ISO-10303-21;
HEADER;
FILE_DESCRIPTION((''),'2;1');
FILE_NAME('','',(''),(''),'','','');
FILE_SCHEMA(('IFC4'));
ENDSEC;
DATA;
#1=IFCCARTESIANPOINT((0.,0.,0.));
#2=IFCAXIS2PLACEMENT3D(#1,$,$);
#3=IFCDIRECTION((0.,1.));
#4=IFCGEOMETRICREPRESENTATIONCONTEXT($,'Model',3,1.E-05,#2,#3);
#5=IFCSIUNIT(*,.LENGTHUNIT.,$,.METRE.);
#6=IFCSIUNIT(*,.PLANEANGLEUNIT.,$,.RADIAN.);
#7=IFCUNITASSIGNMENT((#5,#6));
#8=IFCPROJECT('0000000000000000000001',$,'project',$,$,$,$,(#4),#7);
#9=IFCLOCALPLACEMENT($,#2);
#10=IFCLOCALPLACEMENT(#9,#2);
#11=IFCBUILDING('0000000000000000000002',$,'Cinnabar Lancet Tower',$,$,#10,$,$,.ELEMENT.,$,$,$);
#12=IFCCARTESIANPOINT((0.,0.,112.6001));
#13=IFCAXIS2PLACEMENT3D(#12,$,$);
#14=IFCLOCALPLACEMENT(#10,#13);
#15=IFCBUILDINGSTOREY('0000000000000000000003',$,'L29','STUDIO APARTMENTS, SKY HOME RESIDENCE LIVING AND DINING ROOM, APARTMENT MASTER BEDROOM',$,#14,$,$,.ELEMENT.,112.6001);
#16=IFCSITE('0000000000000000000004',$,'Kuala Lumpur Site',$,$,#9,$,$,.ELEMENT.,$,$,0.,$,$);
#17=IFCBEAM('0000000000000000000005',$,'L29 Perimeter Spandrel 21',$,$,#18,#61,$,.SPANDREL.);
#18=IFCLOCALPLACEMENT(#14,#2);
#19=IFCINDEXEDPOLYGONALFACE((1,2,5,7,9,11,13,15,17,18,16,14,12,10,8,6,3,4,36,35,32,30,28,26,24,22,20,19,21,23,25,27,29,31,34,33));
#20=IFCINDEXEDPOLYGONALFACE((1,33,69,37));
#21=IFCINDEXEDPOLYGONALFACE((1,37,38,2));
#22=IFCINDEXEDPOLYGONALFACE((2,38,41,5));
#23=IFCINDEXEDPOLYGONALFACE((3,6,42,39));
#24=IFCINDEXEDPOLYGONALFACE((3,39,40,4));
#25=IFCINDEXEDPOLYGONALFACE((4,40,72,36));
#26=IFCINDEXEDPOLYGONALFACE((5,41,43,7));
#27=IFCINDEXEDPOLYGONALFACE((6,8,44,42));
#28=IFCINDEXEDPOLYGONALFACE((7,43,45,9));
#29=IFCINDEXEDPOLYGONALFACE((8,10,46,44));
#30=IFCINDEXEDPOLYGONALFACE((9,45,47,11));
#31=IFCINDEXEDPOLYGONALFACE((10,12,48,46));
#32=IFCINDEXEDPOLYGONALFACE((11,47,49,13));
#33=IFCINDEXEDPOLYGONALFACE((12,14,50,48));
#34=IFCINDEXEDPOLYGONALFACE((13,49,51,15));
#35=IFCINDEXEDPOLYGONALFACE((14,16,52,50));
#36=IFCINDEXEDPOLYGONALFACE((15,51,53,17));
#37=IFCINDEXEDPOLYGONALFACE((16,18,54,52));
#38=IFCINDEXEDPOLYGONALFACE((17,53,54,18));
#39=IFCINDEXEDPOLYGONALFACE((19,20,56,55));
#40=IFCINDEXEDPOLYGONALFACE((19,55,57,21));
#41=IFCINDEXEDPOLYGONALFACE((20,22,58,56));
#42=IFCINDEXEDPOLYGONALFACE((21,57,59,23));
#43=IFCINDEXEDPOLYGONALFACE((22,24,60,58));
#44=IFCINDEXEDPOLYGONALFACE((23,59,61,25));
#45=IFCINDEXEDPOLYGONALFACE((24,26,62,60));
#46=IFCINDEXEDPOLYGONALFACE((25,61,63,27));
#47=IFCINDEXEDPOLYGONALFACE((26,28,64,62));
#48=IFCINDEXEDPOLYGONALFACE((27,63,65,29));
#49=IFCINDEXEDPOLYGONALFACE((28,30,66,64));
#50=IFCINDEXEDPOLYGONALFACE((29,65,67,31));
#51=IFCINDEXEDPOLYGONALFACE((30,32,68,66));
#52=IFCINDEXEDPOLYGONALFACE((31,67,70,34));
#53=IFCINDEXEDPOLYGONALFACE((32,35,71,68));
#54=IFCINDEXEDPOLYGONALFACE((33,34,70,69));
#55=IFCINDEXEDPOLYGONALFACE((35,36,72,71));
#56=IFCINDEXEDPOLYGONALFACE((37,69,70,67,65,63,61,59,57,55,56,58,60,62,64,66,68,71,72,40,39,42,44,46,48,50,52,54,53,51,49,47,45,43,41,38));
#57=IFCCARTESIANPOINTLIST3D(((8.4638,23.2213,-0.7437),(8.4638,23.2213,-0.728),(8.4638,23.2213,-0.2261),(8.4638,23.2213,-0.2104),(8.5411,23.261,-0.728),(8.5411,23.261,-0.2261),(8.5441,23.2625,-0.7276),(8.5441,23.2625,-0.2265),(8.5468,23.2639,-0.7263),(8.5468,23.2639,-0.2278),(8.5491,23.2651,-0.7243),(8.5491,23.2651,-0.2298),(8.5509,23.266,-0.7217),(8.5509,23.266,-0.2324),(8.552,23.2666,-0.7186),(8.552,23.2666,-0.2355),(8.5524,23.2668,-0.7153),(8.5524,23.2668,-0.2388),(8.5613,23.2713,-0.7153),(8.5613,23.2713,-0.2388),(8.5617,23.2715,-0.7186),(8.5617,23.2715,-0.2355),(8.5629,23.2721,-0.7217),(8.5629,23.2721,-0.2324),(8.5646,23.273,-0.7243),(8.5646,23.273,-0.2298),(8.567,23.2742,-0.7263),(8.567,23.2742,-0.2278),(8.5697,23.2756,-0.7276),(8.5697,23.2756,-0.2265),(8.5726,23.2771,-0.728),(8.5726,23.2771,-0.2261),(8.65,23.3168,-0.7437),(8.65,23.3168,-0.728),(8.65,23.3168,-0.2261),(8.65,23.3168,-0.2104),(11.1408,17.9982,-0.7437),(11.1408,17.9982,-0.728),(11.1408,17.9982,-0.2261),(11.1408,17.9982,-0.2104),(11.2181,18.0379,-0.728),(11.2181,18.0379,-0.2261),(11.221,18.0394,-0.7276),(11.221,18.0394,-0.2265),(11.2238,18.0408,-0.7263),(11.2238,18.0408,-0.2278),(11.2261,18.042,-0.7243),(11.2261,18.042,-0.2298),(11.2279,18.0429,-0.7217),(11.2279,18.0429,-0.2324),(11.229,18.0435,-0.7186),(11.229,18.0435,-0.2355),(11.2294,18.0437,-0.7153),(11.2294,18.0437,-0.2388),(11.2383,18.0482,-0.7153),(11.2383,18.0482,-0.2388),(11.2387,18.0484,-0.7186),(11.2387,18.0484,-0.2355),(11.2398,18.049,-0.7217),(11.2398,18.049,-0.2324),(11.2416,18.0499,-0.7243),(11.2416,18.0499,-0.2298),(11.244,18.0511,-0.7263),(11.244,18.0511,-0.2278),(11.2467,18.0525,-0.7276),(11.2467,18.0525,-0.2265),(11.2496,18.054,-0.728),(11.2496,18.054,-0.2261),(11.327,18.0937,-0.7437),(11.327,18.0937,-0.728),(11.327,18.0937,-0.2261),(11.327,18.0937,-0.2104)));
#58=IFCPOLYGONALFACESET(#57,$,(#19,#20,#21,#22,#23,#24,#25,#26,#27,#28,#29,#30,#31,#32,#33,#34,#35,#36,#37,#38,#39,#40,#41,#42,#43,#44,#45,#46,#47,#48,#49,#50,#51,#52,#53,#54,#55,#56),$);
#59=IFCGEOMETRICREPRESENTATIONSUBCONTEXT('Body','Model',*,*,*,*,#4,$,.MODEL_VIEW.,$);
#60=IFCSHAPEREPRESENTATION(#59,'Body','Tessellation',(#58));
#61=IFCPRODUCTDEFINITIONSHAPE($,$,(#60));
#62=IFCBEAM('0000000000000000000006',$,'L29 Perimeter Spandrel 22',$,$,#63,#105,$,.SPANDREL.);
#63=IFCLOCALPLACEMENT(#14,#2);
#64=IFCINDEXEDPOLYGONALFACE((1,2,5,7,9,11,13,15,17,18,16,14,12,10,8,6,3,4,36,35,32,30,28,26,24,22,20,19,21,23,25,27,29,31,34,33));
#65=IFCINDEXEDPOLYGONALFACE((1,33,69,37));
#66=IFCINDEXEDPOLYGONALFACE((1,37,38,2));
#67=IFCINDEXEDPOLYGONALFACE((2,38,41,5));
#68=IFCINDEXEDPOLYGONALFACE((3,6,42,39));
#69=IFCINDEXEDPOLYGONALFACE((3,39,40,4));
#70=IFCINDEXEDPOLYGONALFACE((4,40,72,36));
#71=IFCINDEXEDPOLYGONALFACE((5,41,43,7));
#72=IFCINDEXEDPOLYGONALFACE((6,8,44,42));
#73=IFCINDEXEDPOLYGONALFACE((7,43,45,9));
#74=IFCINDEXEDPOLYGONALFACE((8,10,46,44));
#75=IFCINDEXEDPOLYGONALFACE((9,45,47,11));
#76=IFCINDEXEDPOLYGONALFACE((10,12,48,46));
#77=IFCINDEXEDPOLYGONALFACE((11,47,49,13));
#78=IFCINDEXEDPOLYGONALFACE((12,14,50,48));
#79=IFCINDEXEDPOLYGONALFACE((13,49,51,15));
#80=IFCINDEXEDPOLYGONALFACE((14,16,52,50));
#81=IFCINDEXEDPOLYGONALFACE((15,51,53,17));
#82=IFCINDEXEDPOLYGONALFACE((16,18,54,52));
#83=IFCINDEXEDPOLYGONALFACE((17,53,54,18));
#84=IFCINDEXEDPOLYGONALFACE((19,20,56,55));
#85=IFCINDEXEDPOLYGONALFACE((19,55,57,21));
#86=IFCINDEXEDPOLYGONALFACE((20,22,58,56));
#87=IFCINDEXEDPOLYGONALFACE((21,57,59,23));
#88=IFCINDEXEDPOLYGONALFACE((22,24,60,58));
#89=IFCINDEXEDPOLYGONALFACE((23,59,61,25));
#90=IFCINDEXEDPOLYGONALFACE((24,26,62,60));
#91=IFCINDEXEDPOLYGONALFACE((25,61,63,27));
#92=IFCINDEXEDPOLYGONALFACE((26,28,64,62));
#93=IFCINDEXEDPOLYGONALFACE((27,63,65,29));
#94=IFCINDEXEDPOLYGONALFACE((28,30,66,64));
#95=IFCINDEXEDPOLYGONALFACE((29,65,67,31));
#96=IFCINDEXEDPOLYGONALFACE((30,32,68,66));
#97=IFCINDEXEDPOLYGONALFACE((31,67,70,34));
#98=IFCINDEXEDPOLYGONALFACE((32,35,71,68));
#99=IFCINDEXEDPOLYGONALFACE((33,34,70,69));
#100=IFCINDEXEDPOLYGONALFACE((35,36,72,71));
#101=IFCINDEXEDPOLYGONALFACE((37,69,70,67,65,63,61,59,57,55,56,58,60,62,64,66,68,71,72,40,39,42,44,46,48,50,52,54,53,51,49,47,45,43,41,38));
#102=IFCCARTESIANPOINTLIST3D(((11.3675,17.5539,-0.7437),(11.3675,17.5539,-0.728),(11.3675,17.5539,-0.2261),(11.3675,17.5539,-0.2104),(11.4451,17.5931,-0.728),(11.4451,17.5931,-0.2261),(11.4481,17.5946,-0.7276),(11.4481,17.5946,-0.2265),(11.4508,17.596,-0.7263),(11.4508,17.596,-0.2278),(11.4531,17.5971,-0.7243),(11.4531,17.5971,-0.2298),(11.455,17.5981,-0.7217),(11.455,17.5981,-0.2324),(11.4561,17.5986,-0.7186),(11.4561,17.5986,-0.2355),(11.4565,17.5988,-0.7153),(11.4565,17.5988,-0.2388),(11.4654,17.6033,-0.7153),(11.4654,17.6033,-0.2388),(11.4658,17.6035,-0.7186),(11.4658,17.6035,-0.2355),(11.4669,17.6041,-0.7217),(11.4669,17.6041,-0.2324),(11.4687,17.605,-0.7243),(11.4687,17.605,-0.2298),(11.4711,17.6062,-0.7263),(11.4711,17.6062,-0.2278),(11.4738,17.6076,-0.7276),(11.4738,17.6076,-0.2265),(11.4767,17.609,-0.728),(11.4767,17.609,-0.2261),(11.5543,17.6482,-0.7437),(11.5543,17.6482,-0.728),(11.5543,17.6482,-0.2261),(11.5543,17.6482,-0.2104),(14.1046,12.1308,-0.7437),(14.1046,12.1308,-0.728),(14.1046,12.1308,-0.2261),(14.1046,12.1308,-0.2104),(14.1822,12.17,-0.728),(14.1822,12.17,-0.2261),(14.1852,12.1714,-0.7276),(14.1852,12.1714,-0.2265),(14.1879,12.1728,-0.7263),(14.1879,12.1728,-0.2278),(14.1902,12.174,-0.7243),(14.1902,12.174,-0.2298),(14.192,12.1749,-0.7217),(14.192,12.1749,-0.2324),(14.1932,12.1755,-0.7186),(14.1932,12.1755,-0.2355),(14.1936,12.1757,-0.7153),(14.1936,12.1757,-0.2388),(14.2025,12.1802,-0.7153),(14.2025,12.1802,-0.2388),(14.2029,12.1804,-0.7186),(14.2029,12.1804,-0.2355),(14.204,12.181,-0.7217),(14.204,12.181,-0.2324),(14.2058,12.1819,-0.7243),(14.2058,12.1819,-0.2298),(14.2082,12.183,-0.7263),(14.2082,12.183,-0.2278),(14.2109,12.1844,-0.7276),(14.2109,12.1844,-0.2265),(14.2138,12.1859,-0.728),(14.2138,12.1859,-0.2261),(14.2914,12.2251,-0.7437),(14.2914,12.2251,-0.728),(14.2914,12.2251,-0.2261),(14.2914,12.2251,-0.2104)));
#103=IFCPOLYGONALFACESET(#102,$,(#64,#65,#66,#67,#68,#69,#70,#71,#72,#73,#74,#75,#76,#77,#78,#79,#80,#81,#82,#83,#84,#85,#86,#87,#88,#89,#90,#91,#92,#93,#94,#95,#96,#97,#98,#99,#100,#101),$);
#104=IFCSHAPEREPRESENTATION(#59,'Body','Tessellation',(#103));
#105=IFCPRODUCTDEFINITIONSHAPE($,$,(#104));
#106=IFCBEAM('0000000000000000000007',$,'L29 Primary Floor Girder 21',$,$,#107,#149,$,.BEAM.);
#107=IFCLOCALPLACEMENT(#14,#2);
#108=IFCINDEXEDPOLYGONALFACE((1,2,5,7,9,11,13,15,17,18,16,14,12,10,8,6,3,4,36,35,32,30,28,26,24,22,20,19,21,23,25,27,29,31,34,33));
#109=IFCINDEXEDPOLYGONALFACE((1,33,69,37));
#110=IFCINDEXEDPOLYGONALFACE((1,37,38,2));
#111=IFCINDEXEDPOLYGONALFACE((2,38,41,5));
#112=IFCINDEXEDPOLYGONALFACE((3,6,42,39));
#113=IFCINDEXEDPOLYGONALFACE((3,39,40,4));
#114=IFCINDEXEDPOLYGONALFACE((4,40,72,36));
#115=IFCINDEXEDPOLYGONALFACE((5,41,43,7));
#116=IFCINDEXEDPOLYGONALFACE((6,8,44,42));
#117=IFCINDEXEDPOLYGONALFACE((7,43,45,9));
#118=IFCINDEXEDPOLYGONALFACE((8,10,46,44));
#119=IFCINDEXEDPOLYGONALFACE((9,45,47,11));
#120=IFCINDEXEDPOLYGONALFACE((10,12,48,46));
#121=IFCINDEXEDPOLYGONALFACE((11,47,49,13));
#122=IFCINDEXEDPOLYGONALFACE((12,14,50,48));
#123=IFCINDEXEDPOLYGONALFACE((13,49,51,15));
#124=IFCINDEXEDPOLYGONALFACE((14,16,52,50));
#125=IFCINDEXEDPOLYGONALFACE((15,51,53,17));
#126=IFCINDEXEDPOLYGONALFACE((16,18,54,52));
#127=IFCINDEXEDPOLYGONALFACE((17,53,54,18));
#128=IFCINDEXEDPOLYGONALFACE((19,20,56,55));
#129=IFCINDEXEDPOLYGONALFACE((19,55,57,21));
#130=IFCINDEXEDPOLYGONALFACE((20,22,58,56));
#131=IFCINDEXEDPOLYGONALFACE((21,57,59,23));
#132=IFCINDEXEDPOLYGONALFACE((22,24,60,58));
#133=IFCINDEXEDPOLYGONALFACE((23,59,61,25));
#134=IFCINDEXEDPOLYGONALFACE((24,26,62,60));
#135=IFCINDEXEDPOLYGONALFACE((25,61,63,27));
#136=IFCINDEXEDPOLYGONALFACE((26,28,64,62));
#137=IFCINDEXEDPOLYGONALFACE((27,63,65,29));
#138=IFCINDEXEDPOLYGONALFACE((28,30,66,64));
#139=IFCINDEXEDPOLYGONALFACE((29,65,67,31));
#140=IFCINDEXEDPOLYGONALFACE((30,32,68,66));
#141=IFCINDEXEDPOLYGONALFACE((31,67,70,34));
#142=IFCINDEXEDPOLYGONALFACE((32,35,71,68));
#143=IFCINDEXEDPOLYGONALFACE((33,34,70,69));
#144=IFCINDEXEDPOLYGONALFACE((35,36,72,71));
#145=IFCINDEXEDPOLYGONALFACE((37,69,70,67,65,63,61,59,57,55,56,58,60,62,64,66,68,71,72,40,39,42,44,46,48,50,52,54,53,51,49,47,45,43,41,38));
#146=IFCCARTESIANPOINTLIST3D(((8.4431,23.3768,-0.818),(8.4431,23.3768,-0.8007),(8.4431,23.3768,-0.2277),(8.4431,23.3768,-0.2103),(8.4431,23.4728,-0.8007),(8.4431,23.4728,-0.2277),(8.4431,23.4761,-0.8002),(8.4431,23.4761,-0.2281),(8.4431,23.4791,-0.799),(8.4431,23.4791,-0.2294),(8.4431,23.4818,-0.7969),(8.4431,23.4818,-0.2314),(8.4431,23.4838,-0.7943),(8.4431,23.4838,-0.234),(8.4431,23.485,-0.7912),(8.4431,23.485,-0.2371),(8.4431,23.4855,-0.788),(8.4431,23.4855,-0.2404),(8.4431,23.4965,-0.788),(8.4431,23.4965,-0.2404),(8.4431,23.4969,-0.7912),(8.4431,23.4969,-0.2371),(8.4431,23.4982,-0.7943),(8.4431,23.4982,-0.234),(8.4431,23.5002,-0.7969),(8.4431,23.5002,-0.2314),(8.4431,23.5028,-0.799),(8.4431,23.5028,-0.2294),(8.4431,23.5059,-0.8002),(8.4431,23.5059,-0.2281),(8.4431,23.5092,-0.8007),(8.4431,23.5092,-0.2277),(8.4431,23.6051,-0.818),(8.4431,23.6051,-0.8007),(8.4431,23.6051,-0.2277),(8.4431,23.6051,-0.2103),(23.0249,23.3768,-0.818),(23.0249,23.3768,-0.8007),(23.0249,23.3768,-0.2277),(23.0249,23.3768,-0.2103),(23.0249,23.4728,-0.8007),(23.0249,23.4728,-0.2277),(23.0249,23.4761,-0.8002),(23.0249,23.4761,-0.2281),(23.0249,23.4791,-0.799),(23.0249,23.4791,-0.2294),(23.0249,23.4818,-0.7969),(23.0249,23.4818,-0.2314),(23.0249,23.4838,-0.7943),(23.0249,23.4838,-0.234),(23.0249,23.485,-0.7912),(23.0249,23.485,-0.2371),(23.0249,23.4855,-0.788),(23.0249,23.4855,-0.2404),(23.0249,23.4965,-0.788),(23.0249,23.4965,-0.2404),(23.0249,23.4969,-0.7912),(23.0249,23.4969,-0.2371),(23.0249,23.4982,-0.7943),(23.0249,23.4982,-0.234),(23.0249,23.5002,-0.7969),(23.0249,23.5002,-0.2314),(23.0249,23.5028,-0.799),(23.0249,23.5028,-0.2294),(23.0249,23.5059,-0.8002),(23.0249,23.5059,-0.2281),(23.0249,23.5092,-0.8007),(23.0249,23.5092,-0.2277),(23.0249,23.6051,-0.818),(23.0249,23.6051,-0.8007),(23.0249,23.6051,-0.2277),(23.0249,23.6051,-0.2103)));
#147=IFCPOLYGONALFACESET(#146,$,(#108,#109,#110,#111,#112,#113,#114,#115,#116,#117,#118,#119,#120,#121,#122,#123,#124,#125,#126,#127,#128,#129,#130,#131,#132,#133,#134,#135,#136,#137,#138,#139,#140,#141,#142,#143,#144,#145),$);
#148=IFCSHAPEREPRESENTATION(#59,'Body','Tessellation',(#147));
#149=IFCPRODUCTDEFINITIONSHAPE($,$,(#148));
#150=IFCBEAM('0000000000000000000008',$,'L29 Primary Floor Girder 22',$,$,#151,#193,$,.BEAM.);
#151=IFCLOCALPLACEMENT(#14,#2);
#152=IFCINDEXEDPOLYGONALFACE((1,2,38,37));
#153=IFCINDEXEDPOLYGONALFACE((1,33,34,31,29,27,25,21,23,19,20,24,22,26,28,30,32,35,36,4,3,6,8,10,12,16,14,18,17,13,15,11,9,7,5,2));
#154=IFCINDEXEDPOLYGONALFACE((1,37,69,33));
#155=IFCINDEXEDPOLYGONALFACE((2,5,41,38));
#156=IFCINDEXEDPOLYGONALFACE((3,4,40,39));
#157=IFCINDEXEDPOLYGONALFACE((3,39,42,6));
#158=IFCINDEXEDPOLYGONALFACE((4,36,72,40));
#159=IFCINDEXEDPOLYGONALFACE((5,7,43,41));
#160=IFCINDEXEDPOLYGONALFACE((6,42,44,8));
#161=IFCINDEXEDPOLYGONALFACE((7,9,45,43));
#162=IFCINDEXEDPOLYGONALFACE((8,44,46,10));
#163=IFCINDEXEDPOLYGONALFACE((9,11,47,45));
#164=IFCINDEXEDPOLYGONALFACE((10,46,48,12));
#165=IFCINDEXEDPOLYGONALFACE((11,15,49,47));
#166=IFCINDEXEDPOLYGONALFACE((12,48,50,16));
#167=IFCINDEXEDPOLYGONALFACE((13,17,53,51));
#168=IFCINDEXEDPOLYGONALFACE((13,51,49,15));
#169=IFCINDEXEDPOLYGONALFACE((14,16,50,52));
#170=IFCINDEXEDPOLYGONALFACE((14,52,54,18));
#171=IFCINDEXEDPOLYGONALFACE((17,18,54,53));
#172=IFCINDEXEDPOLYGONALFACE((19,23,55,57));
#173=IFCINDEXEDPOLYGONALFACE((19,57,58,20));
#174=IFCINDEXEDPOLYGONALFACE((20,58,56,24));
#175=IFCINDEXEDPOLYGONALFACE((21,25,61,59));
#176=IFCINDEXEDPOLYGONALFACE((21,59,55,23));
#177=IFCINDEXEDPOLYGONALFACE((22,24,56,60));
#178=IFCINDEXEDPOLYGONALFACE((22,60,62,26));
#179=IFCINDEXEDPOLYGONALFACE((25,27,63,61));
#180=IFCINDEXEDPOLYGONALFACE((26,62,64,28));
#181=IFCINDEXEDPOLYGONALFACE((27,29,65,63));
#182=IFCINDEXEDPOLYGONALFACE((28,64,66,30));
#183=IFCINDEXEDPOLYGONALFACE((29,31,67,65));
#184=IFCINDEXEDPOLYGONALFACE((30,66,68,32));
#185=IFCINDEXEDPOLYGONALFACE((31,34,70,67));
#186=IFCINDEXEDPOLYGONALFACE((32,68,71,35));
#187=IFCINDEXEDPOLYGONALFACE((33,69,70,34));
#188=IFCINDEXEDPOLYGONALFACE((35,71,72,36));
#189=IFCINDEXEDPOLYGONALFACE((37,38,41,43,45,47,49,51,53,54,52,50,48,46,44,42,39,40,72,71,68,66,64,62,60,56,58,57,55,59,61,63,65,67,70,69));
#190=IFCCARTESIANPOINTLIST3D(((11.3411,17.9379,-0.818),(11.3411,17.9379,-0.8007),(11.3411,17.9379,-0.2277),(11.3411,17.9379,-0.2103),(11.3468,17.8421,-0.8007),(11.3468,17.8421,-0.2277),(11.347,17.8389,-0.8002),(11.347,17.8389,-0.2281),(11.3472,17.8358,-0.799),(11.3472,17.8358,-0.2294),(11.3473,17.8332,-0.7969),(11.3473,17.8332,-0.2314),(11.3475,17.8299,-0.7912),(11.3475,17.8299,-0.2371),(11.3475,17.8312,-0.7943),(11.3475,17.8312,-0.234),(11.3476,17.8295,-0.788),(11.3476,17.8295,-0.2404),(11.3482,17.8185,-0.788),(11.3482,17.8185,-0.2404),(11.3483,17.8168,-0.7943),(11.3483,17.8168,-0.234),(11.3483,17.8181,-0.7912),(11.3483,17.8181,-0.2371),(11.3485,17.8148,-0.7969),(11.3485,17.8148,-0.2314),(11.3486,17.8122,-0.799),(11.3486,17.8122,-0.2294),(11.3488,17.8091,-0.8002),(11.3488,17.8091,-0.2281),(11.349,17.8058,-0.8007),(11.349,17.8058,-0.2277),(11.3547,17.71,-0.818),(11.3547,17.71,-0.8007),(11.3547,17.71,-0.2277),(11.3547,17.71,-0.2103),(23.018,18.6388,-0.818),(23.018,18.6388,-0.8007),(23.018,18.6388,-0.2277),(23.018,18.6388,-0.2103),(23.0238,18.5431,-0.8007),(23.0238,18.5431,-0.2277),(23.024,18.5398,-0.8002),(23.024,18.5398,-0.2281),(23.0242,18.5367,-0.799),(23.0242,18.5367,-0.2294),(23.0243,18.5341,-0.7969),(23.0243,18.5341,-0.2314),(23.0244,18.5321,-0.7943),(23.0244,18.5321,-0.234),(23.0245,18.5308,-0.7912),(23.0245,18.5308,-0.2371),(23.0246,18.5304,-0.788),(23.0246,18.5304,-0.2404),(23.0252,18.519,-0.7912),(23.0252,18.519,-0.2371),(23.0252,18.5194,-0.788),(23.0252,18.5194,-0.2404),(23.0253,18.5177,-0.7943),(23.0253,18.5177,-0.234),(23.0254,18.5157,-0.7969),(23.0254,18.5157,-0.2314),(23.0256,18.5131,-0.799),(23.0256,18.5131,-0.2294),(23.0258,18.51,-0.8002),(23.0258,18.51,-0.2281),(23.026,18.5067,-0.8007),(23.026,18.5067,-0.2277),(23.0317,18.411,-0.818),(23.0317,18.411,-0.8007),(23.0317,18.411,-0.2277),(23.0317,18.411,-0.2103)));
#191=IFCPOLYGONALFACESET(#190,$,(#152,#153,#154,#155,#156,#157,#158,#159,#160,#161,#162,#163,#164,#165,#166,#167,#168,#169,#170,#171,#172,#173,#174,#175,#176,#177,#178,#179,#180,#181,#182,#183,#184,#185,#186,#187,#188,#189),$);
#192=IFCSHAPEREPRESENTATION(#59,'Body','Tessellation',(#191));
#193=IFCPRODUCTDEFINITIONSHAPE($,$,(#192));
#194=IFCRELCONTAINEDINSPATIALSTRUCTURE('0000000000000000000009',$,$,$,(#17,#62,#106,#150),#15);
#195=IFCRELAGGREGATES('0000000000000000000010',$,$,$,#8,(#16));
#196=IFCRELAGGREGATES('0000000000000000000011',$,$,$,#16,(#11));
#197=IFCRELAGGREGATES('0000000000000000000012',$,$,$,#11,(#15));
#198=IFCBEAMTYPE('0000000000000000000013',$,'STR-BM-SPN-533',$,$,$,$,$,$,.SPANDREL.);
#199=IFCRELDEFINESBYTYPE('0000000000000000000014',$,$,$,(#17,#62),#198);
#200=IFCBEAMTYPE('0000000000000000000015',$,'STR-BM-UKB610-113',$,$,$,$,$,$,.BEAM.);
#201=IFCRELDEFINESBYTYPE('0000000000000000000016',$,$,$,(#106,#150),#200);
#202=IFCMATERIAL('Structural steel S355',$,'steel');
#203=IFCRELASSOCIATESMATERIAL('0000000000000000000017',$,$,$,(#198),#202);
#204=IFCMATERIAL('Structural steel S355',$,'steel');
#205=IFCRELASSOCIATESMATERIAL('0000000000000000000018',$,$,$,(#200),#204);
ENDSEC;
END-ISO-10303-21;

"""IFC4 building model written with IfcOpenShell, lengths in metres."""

from ifc_helpers import new_model, si_unit, direction, frame, origin, origin_2d, place, context, subcontext, project, spatial, i_section, extrude, material, material_profile, profile_set, type_object, element, save


model = new_model("IFC4")

# Units and contexts
model_context = context("Model", 3, precision=1e-05, world=origin(), true_north=direction((0.0, 1.0)))
body_context = subcontext(model_context, "Body", "Model", "MODEL_VIEW")
ifc_project = project(units=[si_unit("LENGTHUNIT", "METRE"), si_unit("PLANEANGLEUNIT", "RADIAN")], contexts=[model_context])

# Site, building, storey
site_placement = place(None, origin())
site = spatial("IfcSite", under=ifc_project, at=site_placement, Name="Kuala Lumpur Site", CompositionType="ELEMENT", RefElevation=0.0)
building_placement = place(site_placement, origin())
building = spatial("IfcBuilding", under=site, at=building_placement, Name="Cinnabar Lancet Tower", CompositionType="ELEMENT")
storey_placement = place(building_placement, frame((0.0, 0.0, 112.6001)))
storey = spatial("IfcBuildingStorey", under=building, at=storey_placement, Name="L29", Description="STUDIO APARTMENTS, SKY HOME RESIDENCE LIVING AND DINING ROOM, APARTMENT MASTER BEDROOM", CompositionType="ELEMENT", Elevation=112.6001)

# Beams
ifc_material_1 = material(Name="Structural steel S355", Category="steel")
ifc_material_profile_1 = material_profile(ifc_material_1, i_section(OverallWidth=0.2092, OverallDepth=0.5332, WebThickness=0.01, FlangeThickness=0.0156, FilletRadius=0.0127, at=origin_2d()), Name="UKB 533x210x92")
ifc_profile_set_1 = profile_set([ifc_material_profile_1], Name="Structural steel S355")
beam_type_1 = type_object("IfcBeamType", Name="STR-BM-SPN-533", PredefinedType="SPANDREL", material=ifc_profile_set_1)
beam_1_placement = place(storey_placement, frame((8.5569, 23.269, -0.4771), z_axis=(0.45611, -0.889924, 0.0), x_axis=(0.889924, 0.45611, 0.0)))
element("IfcBeam", 1, at=beam_1_placement, inside=storey, type_object=beam_type_1, Name="L29 Perimeter Spandrel 21", PredefinedType="SPANDREL", context=body_context, shape_type="SweptSolid", body=[
    extrude(i_section(OverallWidth=0.2092, OverallDepth=0.5332, WebThickness=0.01, FlangeThickness=0.0156, FilletRadius=0.0127, at=origin_2d()), origin(), (0.0, 0.0, 1.0), 5.8691),
])
beam_2_placement = place(storey_placement, frame((11.4609, 17.6011, -0.4771), z_axis=(0.45057, -0.892741, 0.0), x_axis=(0.892741, 0.45057, 0.0)))
element("IfcBeam", 2, at=beam_2_placement, inside=storey, type_object=beam_type_1, Name="L29 Perimeter Spandrel 22", PredefinedType="SPANDREL", context=body_context, shape_type="SweptSolid", body=[
    extrude(i_section(OverallWidth=0.2092, OverallDepth=0.5332, WebThickness=0.01, FlangeThickness=0.0156, FilletRadius=0.0127, at=origin_2d()), origin(), (0.0, 0.0, 1.0), 6.0747),
])
ifc_material_2 = material(Name="Structural steel S355", Category="steel")
ifc_material_profile_2 = material_profile(ifc_material_2, i_section(OverallWidth=0.2283, OverallDepth=0.6077, WebThickness=0.011, FlangeThickness=0.0173, FilletRadius=0.0127, at=origin_2d()), Name="UKB 610x229x113")
ifc_profile_set_2 = profile_set([ifc_material_profile_2], Name="Structural steel S355")
beam_type_2 = type_object("IfcBeamType", Name="STR-BM-UKB610-113", PredefinedType="BEAM", material=ifc_profile_set_2)
beam_3_placement = place(storey_placement, frame((8.4431, 23.491, -0.5142), z_axis=(1.0, 0.0, 0.0), x_axis=(0.0, 1.0, 0.0)))
element("IfcBeam", 3, at=beam_3_placement, inside=storey, type_object=beam_type_2, Name="L29 Primary Floor Girder 21", PredefinedType="BEAM", context=body_context, shape_type="SweptSolid", body=[
    extrude(i_section(OverallWidth=0.2283, OverallDepth=0.6077, WebThickness=0.011, FlangeThickness=0.0173, FilletRadius=0.0127, at=origin_2d()), origin(), (0.0, 0.0, 1.0), 14.5818),
])
beam_4_placement = place(storey_placement, frame((11.3479, 17.824, -0.5142), z_axis=(0.998203, 0.059918, 0.0), x_axis=(-0.059918, 0.998203, 0.0)))
element("IfcBeam", 4, at=beam_4_placement, inside=storey, type_object=beam_type_2, Name="L29 Primary Floor Girder 22", PredefinedType="BEAM", context=body_context, shape_type="SweptSolid", body=[
    extrude(i_section(OverallWidth=0.2283, OverallDepth=0.6077, WebThickness=0.011, FlangeThickness=0.0173, FilletRadius=0.0127, at=origin_2d()), origin(), (0.0, 0.0, 1.0), 11.698),
])

save(model, "model.ifc")
